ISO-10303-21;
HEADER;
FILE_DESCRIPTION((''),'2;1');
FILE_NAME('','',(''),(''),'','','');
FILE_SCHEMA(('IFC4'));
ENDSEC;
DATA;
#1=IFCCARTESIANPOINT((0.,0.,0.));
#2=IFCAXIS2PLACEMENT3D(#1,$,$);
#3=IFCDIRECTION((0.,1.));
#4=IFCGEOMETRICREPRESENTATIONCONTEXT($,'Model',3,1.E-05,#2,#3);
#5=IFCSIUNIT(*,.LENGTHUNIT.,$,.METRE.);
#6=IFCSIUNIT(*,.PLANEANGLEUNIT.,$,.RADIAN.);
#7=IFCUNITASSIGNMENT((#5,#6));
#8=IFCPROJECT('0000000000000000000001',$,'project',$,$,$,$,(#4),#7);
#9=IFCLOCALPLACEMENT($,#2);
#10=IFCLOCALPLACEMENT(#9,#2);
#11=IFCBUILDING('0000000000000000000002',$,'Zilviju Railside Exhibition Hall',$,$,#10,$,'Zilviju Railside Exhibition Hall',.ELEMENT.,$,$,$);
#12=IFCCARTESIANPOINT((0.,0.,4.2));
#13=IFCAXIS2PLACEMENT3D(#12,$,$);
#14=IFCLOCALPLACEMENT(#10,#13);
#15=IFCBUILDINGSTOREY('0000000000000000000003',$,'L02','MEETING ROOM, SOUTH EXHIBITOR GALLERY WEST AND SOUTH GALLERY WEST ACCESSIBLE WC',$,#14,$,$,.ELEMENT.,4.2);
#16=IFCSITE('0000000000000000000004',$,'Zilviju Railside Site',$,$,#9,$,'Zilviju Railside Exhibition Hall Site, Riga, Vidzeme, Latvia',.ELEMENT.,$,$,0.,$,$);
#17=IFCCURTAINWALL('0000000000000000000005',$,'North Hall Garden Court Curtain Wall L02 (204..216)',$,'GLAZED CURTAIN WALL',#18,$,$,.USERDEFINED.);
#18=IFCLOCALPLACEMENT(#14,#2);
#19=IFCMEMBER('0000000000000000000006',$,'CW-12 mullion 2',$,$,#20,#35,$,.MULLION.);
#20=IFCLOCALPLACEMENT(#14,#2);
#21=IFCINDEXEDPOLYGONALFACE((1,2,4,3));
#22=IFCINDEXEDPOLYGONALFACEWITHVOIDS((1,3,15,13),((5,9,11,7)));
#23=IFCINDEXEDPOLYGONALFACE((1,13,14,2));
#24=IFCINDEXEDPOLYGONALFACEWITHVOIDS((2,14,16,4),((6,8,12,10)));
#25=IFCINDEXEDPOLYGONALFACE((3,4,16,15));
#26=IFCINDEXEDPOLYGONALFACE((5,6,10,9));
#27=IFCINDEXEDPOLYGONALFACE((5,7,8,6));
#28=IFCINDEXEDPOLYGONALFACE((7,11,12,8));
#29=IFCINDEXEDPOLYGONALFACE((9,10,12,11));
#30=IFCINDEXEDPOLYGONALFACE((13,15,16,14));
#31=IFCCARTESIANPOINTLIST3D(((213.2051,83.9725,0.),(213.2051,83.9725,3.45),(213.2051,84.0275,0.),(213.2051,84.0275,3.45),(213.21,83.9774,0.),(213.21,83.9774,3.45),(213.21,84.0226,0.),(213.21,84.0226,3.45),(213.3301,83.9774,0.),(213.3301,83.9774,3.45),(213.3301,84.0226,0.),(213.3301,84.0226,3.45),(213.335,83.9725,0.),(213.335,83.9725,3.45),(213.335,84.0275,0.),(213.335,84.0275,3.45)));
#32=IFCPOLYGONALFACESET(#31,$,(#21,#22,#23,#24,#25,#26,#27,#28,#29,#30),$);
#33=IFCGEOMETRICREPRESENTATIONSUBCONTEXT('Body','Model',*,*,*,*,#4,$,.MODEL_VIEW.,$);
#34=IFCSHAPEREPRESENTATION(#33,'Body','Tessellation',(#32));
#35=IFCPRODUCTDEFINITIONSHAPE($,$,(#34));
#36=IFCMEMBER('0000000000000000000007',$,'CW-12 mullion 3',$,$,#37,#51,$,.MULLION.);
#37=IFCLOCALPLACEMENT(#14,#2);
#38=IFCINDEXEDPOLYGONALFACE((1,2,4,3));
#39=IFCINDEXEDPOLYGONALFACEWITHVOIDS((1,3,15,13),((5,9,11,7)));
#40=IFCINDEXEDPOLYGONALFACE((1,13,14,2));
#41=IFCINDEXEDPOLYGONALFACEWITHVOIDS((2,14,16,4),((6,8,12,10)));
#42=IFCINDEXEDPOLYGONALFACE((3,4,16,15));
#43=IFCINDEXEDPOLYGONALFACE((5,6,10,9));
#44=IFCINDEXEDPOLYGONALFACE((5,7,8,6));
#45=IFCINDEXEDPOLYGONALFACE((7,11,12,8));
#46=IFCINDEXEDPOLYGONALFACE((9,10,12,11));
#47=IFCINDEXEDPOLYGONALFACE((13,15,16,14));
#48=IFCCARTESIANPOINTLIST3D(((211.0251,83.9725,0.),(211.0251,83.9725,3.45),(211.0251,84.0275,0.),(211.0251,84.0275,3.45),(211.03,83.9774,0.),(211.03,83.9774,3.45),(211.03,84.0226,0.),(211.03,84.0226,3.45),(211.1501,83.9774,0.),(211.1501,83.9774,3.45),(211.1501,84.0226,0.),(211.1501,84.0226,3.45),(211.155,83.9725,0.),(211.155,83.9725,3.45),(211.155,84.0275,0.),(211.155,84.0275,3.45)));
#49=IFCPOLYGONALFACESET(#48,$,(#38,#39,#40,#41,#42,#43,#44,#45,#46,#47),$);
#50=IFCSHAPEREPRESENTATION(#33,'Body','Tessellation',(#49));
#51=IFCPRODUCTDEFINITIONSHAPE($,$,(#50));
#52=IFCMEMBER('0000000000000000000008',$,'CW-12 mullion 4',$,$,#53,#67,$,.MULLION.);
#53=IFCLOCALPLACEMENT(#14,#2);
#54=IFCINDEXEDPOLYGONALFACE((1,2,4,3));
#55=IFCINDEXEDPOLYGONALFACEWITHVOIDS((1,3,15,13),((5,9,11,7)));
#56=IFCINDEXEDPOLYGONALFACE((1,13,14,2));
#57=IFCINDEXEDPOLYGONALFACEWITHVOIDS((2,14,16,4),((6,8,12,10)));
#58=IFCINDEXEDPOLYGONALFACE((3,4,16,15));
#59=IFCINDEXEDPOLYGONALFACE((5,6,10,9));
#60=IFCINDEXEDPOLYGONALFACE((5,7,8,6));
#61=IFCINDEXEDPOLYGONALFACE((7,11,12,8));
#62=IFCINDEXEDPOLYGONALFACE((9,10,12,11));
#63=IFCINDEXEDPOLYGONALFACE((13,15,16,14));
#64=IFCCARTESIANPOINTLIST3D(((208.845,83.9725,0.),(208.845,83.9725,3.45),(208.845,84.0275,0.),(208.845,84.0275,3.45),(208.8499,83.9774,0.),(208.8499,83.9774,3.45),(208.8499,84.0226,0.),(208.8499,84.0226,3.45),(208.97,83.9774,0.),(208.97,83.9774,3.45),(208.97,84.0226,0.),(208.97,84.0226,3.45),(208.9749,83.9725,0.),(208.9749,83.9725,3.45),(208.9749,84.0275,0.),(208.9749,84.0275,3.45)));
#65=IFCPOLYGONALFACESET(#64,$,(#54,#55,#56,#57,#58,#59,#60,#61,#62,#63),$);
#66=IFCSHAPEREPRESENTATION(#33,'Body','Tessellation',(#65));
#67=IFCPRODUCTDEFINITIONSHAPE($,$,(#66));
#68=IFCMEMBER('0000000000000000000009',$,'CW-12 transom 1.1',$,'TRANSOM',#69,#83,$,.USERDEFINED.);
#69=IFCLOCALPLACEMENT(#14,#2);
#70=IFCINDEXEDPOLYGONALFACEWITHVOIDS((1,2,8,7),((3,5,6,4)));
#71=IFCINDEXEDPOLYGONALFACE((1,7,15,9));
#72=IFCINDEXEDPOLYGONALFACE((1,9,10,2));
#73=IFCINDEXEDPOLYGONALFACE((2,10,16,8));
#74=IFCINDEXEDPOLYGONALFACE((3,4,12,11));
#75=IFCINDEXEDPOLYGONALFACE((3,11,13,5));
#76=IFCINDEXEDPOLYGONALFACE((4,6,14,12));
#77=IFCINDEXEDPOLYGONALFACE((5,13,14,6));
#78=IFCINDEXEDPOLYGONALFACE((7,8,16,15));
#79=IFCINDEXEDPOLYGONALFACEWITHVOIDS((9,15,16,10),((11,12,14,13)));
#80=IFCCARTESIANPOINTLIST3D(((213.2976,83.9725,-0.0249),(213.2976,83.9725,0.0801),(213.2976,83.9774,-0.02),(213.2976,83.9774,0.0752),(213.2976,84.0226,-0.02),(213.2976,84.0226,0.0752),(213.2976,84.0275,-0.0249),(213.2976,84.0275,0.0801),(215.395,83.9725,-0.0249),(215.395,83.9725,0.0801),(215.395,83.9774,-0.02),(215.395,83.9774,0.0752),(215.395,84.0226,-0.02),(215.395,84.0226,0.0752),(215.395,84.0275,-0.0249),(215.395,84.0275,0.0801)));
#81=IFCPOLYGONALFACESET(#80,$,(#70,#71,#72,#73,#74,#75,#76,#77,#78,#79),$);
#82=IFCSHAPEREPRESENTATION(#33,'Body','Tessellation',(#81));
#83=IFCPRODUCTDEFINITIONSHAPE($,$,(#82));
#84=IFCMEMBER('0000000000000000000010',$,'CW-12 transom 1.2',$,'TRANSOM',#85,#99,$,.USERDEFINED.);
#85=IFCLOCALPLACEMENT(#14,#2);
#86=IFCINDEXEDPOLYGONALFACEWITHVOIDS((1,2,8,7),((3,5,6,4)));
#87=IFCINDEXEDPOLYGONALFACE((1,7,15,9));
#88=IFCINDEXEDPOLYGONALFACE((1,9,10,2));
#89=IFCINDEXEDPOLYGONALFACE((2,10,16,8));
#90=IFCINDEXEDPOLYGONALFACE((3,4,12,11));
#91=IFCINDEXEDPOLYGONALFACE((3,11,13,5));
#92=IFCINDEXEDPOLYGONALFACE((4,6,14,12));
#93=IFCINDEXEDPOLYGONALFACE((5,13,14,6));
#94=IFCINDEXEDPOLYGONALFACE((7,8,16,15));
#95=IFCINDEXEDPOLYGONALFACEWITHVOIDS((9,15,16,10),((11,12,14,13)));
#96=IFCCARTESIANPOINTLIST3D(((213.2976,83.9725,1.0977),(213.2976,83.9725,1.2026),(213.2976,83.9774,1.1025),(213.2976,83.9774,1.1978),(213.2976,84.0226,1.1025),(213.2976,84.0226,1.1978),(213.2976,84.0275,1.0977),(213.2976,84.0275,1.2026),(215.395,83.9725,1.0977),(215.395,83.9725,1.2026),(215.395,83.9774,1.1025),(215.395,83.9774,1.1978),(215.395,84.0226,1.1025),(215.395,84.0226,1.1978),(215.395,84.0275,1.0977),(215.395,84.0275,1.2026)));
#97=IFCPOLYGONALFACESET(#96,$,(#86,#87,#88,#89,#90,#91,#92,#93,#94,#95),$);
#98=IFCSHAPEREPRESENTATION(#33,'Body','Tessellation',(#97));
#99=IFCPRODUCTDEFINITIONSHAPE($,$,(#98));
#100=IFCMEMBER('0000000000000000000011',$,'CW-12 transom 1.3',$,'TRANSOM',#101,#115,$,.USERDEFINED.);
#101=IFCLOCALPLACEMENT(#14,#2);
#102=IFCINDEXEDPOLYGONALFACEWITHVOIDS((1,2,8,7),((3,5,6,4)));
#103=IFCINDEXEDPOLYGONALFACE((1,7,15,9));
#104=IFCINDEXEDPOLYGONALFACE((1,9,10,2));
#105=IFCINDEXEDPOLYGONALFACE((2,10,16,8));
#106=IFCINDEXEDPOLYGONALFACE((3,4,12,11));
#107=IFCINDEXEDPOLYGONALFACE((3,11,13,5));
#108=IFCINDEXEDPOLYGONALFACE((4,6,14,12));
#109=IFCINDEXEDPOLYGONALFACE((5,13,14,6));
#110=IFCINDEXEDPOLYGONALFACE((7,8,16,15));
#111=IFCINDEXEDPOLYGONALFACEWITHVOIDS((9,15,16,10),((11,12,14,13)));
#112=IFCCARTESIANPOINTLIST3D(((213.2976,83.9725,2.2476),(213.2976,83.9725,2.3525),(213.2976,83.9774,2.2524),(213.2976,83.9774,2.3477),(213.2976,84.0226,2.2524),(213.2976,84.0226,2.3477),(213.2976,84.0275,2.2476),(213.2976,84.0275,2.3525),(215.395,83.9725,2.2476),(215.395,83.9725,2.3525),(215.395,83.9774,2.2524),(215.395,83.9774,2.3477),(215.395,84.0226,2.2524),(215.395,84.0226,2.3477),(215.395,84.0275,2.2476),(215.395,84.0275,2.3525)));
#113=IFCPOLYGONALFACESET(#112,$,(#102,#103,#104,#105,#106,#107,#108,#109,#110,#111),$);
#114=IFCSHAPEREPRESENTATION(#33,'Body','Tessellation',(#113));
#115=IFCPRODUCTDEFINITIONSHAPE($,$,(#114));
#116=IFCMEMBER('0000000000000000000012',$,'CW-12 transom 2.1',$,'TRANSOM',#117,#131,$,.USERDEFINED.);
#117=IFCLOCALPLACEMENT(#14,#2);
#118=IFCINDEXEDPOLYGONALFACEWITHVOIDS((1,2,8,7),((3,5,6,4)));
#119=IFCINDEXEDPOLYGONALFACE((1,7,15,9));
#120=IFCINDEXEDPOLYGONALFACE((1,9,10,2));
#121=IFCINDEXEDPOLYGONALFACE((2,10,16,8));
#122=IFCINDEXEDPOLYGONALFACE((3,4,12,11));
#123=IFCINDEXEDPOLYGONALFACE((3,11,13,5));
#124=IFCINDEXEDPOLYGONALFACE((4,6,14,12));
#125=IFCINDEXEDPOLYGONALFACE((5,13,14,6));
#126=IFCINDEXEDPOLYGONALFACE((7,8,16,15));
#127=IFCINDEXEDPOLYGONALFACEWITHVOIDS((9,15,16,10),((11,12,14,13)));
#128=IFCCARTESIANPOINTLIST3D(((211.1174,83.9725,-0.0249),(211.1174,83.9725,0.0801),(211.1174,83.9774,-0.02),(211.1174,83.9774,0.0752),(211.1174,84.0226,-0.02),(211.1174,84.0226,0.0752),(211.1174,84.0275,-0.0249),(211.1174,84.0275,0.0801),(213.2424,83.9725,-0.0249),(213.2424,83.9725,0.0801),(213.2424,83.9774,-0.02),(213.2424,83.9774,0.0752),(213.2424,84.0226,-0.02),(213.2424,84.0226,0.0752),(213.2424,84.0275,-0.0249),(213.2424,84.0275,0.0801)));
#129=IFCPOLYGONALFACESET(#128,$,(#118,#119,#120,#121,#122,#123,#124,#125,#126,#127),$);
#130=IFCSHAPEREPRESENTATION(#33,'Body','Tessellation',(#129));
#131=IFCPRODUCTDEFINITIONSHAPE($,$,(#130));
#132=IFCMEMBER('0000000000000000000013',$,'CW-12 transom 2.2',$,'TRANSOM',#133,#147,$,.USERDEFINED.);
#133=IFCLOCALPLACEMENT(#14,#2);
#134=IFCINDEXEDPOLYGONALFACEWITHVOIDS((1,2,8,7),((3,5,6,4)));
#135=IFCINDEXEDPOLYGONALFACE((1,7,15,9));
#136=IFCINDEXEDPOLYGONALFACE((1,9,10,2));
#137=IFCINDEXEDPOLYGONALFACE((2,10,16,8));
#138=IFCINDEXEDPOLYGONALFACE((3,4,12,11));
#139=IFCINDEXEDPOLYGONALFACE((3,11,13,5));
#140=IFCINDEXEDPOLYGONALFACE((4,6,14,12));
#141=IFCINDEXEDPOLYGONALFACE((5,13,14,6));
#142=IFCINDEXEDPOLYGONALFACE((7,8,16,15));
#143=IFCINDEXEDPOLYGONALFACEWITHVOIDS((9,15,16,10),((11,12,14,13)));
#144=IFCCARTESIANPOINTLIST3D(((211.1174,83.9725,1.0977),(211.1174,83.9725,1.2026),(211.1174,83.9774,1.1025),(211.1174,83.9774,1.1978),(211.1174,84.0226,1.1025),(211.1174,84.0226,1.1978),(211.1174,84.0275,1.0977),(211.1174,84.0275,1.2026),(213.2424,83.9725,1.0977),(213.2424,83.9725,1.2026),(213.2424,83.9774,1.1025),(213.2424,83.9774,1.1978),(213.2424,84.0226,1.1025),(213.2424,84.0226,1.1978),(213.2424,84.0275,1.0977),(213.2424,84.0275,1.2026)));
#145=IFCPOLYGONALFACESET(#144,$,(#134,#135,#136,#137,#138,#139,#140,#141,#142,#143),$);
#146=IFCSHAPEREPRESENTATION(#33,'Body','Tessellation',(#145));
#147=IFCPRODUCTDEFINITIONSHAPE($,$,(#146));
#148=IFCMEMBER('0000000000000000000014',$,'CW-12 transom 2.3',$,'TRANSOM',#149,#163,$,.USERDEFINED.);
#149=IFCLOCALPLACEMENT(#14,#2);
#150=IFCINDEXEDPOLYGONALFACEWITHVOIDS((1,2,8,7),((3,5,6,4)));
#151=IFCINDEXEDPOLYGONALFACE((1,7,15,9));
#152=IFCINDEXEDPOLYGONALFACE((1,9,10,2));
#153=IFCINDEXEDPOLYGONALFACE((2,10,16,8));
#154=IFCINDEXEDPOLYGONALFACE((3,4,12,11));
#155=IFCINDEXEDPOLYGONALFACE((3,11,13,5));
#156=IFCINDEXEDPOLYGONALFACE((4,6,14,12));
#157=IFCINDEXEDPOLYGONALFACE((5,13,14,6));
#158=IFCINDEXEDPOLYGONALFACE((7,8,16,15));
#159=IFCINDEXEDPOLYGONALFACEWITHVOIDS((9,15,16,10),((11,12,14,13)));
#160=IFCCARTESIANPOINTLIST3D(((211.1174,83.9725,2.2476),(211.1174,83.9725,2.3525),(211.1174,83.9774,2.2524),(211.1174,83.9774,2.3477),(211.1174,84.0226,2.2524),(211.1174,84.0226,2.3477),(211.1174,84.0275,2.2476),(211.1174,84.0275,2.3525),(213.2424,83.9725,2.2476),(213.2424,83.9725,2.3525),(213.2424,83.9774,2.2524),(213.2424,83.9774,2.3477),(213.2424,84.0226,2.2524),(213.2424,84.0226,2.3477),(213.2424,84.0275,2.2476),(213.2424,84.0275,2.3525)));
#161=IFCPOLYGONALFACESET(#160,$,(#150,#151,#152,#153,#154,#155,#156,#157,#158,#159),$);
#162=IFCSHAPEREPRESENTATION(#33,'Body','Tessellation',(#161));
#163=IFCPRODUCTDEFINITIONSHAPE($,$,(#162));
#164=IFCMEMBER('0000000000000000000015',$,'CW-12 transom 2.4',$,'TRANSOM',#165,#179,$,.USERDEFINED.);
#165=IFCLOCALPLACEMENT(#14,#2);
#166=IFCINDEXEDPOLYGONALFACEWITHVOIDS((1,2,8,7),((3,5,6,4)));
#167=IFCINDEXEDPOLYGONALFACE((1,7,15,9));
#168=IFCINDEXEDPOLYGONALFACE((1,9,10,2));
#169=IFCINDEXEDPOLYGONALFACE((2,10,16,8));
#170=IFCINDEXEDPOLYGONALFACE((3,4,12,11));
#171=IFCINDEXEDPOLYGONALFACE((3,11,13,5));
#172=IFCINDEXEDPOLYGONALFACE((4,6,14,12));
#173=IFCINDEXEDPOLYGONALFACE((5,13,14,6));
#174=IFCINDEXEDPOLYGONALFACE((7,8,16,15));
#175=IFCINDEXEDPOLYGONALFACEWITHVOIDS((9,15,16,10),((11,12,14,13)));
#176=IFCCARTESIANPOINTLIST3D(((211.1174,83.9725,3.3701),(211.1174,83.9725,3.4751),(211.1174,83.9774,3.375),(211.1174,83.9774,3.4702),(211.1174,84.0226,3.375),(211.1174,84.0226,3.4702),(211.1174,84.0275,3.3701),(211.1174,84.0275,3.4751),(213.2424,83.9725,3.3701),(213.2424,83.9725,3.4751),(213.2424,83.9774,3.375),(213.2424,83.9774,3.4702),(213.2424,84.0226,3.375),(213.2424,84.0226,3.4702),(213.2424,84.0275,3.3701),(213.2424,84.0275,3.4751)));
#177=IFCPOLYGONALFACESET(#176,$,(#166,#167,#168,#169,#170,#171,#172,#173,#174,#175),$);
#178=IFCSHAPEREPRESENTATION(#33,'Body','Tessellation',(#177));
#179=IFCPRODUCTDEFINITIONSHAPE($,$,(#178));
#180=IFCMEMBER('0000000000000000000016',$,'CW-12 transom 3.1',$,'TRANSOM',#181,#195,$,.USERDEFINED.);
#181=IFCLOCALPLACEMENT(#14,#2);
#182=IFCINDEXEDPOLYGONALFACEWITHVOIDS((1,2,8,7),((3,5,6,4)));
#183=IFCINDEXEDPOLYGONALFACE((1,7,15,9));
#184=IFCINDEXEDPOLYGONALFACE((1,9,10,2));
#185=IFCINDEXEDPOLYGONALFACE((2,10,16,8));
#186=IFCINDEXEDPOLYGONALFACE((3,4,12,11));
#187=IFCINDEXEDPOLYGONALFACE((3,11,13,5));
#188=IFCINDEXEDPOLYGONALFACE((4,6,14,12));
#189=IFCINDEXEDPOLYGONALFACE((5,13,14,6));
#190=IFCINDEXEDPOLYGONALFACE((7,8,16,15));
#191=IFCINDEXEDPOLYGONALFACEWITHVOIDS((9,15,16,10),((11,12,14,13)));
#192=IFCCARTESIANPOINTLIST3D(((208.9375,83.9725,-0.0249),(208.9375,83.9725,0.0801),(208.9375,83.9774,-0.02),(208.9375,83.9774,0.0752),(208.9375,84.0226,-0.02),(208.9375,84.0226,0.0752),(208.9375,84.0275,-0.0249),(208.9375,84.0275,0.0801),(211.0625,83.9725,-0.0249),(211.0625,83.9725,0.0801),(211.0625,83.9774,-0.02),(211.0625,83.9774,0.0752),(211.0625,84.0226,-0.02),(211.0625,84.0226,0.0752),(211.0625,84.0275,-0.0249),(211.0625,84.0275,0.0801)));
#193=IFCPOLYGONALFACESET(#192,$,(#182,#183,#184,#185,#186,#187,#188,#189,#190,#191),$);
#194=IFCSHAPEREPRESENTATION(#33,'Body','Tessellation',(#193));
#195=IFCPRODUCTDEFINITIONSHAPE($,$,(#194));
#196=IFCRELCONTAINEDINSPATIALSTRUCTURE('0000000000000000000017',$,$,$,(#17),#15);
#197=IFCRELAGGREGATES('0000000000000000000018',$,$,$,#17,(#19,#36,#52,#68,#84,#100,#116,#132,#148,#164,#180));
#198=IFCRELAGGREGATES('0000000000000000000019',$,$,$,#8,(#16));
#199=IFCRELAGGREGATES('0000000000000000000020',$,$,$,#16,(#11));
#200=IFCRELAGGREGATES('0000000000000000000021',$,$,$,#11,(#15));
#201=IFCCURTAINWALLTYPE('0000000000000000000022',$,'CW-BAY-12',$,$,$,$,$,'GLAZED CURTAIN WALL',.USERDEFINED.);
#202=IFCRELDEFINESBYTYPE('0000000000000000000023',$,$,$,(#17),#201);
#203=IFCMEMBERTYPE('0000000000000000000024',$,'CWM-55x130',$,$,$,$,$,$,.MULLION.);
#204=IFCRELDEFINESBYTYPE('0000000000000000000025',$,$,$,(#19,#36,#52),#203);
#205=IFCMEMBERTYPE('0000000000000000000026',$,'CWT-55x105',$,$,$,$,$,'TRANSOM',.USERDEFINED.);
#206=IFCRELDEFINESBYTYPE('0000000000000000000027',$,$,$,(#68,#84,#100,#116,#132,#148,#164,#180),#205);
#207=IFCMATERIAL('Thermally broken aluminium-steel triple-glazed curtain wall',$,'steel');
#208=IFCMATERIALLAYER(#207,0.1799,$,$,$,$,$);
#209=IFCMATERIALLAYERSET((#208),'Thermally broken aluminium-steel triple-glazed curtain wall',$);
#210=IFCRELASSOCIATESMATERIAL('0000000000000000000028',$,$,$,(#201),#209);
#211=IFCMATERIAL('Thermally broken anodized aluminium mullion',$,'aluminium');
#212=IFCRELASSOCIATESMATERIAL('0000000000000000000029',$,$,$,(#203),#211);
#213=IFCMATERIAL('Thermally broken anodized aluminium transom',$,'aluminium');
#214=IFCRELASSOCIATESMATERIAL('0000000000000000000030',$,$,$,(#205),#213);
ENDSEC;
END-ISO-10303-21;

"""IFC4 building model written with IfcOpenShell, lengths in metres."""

from ifc_helpers import new_model, si_unit, direction, frame, origin, origin_2d, place, context, subcontext, project, spatial, hollow_rectangle, extrude, material, layer, layer_set, material_profile, profile_set, type_object, element, aggregate, save


model = new_model("IFC4")

# Units and contexts
model_context = context("Model", 3, precision=1e-05, world=origin(), true_north=direction((0.0, 1.0)))
body_context = subcontext(model_context, "Body", "Model", "MODEL_VIEW")
ifc_project = project(units=[si_unit("LENGTHUNIT", "METRE"), si_unit("PLANEANGLEUNIT", "RADIAN")], contexts=[model_context])

# Site, building, storey
site_placement = place(None, origin())
site = spatial("IfcSite", under=ifc_project, at=site_placement, Name="Zilviju Railside Site", LongName="Zilviju Railside Exhibition Hall Site, Riga, Vidzeme, Latvia", CompositionType="ELEMENT", RefElevation=0.0)
building_placement = place(site_placement, origin())
building = spatial("IfcBuilding", under=site, at=building_placement, Name="Zilviju Railside Exhibition Hall", LongName="Zilviju Railside Exhibition Hall", CompositionType="ELEMENT")
storey_placement = place(building_placement, frame((0.0, 0.0, 4.2)))
storey = spatial("IfcBuildingStorey", under=building, at=storey_placement, Name="L02", Description="MEETING ROOM, SOUTH EXHIBITOR GALLERY WEST AND SOUTH GALLERY WEST ACCESSIBLE WC", CompositionType="ELEMENT", Elevation=4.2)

# Curtain wall, members
ifc_material_1 = material(Name="Thermally broken aluminium-steel triple-glazed curtain wall", Category="steel")
ifc_layer_1 = layer(ifc_material_1, 0.1799)
ifc_layer_set_1 = layer_set([ifc_layer_1], Name="Thermally broken aluminium-steel triple-glazed curtain wall")
curtain_wall_type = type_object("IfcCurtainWallType", Name="CW-BAY-12", ElementType="GLAZED CURTAIN WALL", PredefinedType="USERDEFINED", material=ifc_layer_set_1)
curtain_wall_placement = place(storey_placement, origin())
curtain_wall = element("IfcCurtainWall", 1, at=curtain_wall_placement, inside=storey, type_object=curtain_wall_type, Name="North Hall Garden Court Curtain Wall L02 (204..216)", ObjectType="GLAZED CURTAIN WALL", PredefinedType="USERDEFINED")
ifc_material_2 = material(Name="Thermally broken anodized aluminium mullion", Category="aluminium")
ifc_material_profile_1 = material_profile(ifc_material_2, hollow_rectangle(XDim=0.0549, YDim=0.1299, WallThickness=0.0049, at=origin_2d()), Name="MULLION 130x55x5")
ifc_profile_set_1 = profile_set([ifc_material_profile_1], Name="Thermally broken anodized aluminium mullion")
member_type_1 = type_object("IfcMemberType", Name="CWM-55x130", PredefinedType="MULLION", material=ifc_profile_set_1)
member_1_placement = place(storey_placement, frame((213.27, 84.0, 0.0), z_axis=(0.0, 0.0, 1.0), x_axis=(0.0, -1.0, 0.0)))
member_1 = element("IfcMember", 2, at=member_1_placement, type_object=member_type_1, Name="CW-12 mullion 2", PredefinedType="MULLION", context=body_context, shape_type="SweptSolid", body=[
    extrude(hollow_rectangle(XDim=0.0549, YDim=0.1299, WallThickness=0.0049, at=origin_2d()), origin(), (0.0, 0.0, 1.0), 3.45),
])
member_2_placement = place(storey_placement, frame((211.0901, 84.0, 0.0), z_axis=(0.0, 0.0, 1.0), x_axis=(0.0, -1.0, 0.0)))
member_2 = element("IfcMember", 3, at=member_2_placement, type_object=member_type_1, Name="CW-12 mullion 3", PredefinedType="MULLION", context=body_context, shape_type="SweptSolid", body=[
    extrude(hollow_rectangle(XDim=0.0549, YDim=0.1299, WallThickness=0.0049, at=origin_2d()), origin(), (0.0, 0.0, 1.0), 3.45),
])
member_3_placement = place(storey_placement, frame((208.9099, 84.0, 0.0), z_axis=(0.0, 0.0, 1.0), x_axis=(0.0, -1.0, 0.0)))
member_3 = element("IfcMember", 4, at=member_3_placement, type_object=member_type_1, Name="CW-12 mullion 4", PredefinedType="MULLION", context=body_context, shape_type="SweptSolid", body=[
    extrude(hollow_rectangle(XDim=0.0549, YDim=0.1299, WallThickness=0.0049, at=origin_2d()), origin(), (0.0, 0.0, 1.0), 3.45),
])
ifc_material_3 = material(Name="Thermally broken anodized aluminium transom", Category="aluminium")
ifc_material_profile_2 = material_profile(ifc_material_3, hollow_rectangle(XDim=0.0549, YDim=0.105, WallThickness=0.0049, at=origin_2d()), Name="TRANSOM 105x55x5")
ifc_profile_set_2 = profile_set([ifc_material_profile_2], Name="Thermally broken anodized aluminium transom")
member_type_2 = type_object("IfcMemberType", Name="CWT-55x105", ElementType="TRANSOM", PredefinedType="USERDEFINED", material=ifc_profile_set_2)
member_4_placement = place(storey_placement, frame((215.395, 84.0, 0.0276), z_axis=(-1.0, 0.0, 0.0), x_axis=(0.0, -1.0, 0.0)))
member_4 = element("IfcMember", 5, at=member_4_placement, type_object=member_type_2, Name="CW-12 transom 1.1", ObjectType="TRANSOM", PredefinedType="USERDEFINED", context=body_context, shape_type="SweptSolid", body=[
    extrude(hollow_rectangle(XDim=0.0549, YDim=0.105, WallThickness=0.0049, at=origin_2d()), origin(), (0.0, 0.0, 1.0), 2.0974),
])
member_5_placement = place(storey_placement, frame((215.395, 84.0, 1.1501), z_axis=(-1.0, 0.0, 0.0), x_axis=(0.0, -1.0, 0.0)))
member_5 = element("IfcMember", 6, at=member_5_placement, type_object=member_type_2, Name="CW-12 transom 1.2", ObjectType="TRANSOM", PredefinedType="USERDEFINED", context=body_context, shape_type="SweptSolid", body=[
    extrude(hollow_rectangle(XDim=0.0549, YDim=0.105, WallThickness=0.0049, at=origin_2d()), origin(), (0.0, 0.0, 1.0), 2.0974),
])
member_6_placement = place(storey_placement, frame((215.395, 84.0, 2.3), z_axis=(-1.0, 0.0, 0.0), x_axis=(0.0, -1.0, 0.0)))
member_6 = element("IfcMember", 7, at=member_6_placement, type_object=member_type_2, Name="CW-12 transom 1.3", ObjectType="TRANSOM", PredefinedType="USERDEFINED", context=body_context, shape_type="SweptSolid", body=[
    extrude(hollow_rectangle(XDim=0.0549, YDim=0.105, WallThickness=0.0049, at=origin_2d()), origin(), (0.0, 0.0, 1.0), 2.0974),
])
member_7_placement = place(storey_placement, frame((213.2424, 84.0, 0.0276), z_axis=(-1.0, 0.0, 0.0), x_axis=(0.0, -1.0, 0.0)))
member_7 = element("IfcMember", 8, at=member_7_placement, type_object=member_type_2, Name="CW-12 transom 2.1", ObjectType="TRANSOM", PredefinedType="USERDEFINED", context=body_context, shape_type="SweptSolid", body=[
    extrude(hollow_rectangle(XDim=0.0549, YDim=0.105, WallThickness=0.0049, at=origin_2d()), origin(), (0.0, 0.0, 1.0), 2.125),
])
member_8_placement = place(storey_placement, frame((213.2424, 84.0, 1.1501), z_axis=(-1.0, 0.0, 0.0), x_axis=(0.0, -1.0, 0.0)))
member_8 = element("IfcMember", 9, at=member_8_placement, type_object=member_type_2, Name="CW-12 transom 2.2", ObjectType="TRANSOM", PredefinedType="USERDEFINED", context=body_context, shape_type="SweptSolid", body=[
    extrude(hollow_rectangle(XDim=0.0549, YDim=0.105, WallThickness=0.0049, at=origin_2d()), origin(), (0.0, 0.0, 1.0), 2.125),
])
member_9_placement = place(storey_placement, frame((213.2424, 84.0, 2.3), z_axis=(-1.0, 0.0, 0.0), x_axis=(0.0, -1.0, 0.0)))
member_9 = element("IfcMember", 10, at=member_9_placement, type_object=member_type_2, Name="CW-12 transom 2.3", ObjectType="TRANSOM", PredefinedType="USERDEFINED", context=body_context, shape_type="SweptSolid", body=[
    extrude(hollow_rectangle(XDim=0.0549, YDim=0.105, WallThickness=0.0049, at=origin_2d()), origin(), (0.0, 0.0, 1.0), 2.125),
])
member_10_placement = place(storey_placement, frame((213.2424, 84.0, 3.4226), z_axis=(-1.0, 0.0, 0.0), x_axis=(0.0, -1.0, 0.0)))
member_10 = element("IfcMember", 11, at=member_10_placement, type_object=member_type_2, Name="CW-12 transom 2.4", ObjectType="TRANSOM", PredefinedType="USERDEFINED", context=body_context, shape_type="SweptSolid", body=[
    extrude(hollow_rectangle(XDim=0.0549, YDim=0.105, WallThickness=0.0049, at=origin_2d()), origin(), (0.0, 0.0, 1.0), 2.125),
])
member_11_placement = place(storey_placement, frame((211.0625, 84.0, 0.0276), z_axis=(-1.0, 0.0, 0.0), x_axis=(0.0, -1.0, 0.0)))
member_11 = element("IfcMember", 12, at=member_11_placement, type_object=member_type_2, Name="CW-12 transom 3.1", ObjectType="TRANSOM", PredefinedType="USERDEFINED", context=body_context, shape_type="SweptSolid", body=[
    extrude(hollow_rectangle(XDim=0.0549, YDim=0.105, WallThickness=0.0049, at=origin_2d()), origin(), (0.0, 0.0, 1.0), 2.125),
])
aggregate(curtain_wall, [member_1, member_2, member_3, member_4, member_5, member_6, member_7, member_8, member_9, member_10, member_11])

save(model, "model.ifc")
